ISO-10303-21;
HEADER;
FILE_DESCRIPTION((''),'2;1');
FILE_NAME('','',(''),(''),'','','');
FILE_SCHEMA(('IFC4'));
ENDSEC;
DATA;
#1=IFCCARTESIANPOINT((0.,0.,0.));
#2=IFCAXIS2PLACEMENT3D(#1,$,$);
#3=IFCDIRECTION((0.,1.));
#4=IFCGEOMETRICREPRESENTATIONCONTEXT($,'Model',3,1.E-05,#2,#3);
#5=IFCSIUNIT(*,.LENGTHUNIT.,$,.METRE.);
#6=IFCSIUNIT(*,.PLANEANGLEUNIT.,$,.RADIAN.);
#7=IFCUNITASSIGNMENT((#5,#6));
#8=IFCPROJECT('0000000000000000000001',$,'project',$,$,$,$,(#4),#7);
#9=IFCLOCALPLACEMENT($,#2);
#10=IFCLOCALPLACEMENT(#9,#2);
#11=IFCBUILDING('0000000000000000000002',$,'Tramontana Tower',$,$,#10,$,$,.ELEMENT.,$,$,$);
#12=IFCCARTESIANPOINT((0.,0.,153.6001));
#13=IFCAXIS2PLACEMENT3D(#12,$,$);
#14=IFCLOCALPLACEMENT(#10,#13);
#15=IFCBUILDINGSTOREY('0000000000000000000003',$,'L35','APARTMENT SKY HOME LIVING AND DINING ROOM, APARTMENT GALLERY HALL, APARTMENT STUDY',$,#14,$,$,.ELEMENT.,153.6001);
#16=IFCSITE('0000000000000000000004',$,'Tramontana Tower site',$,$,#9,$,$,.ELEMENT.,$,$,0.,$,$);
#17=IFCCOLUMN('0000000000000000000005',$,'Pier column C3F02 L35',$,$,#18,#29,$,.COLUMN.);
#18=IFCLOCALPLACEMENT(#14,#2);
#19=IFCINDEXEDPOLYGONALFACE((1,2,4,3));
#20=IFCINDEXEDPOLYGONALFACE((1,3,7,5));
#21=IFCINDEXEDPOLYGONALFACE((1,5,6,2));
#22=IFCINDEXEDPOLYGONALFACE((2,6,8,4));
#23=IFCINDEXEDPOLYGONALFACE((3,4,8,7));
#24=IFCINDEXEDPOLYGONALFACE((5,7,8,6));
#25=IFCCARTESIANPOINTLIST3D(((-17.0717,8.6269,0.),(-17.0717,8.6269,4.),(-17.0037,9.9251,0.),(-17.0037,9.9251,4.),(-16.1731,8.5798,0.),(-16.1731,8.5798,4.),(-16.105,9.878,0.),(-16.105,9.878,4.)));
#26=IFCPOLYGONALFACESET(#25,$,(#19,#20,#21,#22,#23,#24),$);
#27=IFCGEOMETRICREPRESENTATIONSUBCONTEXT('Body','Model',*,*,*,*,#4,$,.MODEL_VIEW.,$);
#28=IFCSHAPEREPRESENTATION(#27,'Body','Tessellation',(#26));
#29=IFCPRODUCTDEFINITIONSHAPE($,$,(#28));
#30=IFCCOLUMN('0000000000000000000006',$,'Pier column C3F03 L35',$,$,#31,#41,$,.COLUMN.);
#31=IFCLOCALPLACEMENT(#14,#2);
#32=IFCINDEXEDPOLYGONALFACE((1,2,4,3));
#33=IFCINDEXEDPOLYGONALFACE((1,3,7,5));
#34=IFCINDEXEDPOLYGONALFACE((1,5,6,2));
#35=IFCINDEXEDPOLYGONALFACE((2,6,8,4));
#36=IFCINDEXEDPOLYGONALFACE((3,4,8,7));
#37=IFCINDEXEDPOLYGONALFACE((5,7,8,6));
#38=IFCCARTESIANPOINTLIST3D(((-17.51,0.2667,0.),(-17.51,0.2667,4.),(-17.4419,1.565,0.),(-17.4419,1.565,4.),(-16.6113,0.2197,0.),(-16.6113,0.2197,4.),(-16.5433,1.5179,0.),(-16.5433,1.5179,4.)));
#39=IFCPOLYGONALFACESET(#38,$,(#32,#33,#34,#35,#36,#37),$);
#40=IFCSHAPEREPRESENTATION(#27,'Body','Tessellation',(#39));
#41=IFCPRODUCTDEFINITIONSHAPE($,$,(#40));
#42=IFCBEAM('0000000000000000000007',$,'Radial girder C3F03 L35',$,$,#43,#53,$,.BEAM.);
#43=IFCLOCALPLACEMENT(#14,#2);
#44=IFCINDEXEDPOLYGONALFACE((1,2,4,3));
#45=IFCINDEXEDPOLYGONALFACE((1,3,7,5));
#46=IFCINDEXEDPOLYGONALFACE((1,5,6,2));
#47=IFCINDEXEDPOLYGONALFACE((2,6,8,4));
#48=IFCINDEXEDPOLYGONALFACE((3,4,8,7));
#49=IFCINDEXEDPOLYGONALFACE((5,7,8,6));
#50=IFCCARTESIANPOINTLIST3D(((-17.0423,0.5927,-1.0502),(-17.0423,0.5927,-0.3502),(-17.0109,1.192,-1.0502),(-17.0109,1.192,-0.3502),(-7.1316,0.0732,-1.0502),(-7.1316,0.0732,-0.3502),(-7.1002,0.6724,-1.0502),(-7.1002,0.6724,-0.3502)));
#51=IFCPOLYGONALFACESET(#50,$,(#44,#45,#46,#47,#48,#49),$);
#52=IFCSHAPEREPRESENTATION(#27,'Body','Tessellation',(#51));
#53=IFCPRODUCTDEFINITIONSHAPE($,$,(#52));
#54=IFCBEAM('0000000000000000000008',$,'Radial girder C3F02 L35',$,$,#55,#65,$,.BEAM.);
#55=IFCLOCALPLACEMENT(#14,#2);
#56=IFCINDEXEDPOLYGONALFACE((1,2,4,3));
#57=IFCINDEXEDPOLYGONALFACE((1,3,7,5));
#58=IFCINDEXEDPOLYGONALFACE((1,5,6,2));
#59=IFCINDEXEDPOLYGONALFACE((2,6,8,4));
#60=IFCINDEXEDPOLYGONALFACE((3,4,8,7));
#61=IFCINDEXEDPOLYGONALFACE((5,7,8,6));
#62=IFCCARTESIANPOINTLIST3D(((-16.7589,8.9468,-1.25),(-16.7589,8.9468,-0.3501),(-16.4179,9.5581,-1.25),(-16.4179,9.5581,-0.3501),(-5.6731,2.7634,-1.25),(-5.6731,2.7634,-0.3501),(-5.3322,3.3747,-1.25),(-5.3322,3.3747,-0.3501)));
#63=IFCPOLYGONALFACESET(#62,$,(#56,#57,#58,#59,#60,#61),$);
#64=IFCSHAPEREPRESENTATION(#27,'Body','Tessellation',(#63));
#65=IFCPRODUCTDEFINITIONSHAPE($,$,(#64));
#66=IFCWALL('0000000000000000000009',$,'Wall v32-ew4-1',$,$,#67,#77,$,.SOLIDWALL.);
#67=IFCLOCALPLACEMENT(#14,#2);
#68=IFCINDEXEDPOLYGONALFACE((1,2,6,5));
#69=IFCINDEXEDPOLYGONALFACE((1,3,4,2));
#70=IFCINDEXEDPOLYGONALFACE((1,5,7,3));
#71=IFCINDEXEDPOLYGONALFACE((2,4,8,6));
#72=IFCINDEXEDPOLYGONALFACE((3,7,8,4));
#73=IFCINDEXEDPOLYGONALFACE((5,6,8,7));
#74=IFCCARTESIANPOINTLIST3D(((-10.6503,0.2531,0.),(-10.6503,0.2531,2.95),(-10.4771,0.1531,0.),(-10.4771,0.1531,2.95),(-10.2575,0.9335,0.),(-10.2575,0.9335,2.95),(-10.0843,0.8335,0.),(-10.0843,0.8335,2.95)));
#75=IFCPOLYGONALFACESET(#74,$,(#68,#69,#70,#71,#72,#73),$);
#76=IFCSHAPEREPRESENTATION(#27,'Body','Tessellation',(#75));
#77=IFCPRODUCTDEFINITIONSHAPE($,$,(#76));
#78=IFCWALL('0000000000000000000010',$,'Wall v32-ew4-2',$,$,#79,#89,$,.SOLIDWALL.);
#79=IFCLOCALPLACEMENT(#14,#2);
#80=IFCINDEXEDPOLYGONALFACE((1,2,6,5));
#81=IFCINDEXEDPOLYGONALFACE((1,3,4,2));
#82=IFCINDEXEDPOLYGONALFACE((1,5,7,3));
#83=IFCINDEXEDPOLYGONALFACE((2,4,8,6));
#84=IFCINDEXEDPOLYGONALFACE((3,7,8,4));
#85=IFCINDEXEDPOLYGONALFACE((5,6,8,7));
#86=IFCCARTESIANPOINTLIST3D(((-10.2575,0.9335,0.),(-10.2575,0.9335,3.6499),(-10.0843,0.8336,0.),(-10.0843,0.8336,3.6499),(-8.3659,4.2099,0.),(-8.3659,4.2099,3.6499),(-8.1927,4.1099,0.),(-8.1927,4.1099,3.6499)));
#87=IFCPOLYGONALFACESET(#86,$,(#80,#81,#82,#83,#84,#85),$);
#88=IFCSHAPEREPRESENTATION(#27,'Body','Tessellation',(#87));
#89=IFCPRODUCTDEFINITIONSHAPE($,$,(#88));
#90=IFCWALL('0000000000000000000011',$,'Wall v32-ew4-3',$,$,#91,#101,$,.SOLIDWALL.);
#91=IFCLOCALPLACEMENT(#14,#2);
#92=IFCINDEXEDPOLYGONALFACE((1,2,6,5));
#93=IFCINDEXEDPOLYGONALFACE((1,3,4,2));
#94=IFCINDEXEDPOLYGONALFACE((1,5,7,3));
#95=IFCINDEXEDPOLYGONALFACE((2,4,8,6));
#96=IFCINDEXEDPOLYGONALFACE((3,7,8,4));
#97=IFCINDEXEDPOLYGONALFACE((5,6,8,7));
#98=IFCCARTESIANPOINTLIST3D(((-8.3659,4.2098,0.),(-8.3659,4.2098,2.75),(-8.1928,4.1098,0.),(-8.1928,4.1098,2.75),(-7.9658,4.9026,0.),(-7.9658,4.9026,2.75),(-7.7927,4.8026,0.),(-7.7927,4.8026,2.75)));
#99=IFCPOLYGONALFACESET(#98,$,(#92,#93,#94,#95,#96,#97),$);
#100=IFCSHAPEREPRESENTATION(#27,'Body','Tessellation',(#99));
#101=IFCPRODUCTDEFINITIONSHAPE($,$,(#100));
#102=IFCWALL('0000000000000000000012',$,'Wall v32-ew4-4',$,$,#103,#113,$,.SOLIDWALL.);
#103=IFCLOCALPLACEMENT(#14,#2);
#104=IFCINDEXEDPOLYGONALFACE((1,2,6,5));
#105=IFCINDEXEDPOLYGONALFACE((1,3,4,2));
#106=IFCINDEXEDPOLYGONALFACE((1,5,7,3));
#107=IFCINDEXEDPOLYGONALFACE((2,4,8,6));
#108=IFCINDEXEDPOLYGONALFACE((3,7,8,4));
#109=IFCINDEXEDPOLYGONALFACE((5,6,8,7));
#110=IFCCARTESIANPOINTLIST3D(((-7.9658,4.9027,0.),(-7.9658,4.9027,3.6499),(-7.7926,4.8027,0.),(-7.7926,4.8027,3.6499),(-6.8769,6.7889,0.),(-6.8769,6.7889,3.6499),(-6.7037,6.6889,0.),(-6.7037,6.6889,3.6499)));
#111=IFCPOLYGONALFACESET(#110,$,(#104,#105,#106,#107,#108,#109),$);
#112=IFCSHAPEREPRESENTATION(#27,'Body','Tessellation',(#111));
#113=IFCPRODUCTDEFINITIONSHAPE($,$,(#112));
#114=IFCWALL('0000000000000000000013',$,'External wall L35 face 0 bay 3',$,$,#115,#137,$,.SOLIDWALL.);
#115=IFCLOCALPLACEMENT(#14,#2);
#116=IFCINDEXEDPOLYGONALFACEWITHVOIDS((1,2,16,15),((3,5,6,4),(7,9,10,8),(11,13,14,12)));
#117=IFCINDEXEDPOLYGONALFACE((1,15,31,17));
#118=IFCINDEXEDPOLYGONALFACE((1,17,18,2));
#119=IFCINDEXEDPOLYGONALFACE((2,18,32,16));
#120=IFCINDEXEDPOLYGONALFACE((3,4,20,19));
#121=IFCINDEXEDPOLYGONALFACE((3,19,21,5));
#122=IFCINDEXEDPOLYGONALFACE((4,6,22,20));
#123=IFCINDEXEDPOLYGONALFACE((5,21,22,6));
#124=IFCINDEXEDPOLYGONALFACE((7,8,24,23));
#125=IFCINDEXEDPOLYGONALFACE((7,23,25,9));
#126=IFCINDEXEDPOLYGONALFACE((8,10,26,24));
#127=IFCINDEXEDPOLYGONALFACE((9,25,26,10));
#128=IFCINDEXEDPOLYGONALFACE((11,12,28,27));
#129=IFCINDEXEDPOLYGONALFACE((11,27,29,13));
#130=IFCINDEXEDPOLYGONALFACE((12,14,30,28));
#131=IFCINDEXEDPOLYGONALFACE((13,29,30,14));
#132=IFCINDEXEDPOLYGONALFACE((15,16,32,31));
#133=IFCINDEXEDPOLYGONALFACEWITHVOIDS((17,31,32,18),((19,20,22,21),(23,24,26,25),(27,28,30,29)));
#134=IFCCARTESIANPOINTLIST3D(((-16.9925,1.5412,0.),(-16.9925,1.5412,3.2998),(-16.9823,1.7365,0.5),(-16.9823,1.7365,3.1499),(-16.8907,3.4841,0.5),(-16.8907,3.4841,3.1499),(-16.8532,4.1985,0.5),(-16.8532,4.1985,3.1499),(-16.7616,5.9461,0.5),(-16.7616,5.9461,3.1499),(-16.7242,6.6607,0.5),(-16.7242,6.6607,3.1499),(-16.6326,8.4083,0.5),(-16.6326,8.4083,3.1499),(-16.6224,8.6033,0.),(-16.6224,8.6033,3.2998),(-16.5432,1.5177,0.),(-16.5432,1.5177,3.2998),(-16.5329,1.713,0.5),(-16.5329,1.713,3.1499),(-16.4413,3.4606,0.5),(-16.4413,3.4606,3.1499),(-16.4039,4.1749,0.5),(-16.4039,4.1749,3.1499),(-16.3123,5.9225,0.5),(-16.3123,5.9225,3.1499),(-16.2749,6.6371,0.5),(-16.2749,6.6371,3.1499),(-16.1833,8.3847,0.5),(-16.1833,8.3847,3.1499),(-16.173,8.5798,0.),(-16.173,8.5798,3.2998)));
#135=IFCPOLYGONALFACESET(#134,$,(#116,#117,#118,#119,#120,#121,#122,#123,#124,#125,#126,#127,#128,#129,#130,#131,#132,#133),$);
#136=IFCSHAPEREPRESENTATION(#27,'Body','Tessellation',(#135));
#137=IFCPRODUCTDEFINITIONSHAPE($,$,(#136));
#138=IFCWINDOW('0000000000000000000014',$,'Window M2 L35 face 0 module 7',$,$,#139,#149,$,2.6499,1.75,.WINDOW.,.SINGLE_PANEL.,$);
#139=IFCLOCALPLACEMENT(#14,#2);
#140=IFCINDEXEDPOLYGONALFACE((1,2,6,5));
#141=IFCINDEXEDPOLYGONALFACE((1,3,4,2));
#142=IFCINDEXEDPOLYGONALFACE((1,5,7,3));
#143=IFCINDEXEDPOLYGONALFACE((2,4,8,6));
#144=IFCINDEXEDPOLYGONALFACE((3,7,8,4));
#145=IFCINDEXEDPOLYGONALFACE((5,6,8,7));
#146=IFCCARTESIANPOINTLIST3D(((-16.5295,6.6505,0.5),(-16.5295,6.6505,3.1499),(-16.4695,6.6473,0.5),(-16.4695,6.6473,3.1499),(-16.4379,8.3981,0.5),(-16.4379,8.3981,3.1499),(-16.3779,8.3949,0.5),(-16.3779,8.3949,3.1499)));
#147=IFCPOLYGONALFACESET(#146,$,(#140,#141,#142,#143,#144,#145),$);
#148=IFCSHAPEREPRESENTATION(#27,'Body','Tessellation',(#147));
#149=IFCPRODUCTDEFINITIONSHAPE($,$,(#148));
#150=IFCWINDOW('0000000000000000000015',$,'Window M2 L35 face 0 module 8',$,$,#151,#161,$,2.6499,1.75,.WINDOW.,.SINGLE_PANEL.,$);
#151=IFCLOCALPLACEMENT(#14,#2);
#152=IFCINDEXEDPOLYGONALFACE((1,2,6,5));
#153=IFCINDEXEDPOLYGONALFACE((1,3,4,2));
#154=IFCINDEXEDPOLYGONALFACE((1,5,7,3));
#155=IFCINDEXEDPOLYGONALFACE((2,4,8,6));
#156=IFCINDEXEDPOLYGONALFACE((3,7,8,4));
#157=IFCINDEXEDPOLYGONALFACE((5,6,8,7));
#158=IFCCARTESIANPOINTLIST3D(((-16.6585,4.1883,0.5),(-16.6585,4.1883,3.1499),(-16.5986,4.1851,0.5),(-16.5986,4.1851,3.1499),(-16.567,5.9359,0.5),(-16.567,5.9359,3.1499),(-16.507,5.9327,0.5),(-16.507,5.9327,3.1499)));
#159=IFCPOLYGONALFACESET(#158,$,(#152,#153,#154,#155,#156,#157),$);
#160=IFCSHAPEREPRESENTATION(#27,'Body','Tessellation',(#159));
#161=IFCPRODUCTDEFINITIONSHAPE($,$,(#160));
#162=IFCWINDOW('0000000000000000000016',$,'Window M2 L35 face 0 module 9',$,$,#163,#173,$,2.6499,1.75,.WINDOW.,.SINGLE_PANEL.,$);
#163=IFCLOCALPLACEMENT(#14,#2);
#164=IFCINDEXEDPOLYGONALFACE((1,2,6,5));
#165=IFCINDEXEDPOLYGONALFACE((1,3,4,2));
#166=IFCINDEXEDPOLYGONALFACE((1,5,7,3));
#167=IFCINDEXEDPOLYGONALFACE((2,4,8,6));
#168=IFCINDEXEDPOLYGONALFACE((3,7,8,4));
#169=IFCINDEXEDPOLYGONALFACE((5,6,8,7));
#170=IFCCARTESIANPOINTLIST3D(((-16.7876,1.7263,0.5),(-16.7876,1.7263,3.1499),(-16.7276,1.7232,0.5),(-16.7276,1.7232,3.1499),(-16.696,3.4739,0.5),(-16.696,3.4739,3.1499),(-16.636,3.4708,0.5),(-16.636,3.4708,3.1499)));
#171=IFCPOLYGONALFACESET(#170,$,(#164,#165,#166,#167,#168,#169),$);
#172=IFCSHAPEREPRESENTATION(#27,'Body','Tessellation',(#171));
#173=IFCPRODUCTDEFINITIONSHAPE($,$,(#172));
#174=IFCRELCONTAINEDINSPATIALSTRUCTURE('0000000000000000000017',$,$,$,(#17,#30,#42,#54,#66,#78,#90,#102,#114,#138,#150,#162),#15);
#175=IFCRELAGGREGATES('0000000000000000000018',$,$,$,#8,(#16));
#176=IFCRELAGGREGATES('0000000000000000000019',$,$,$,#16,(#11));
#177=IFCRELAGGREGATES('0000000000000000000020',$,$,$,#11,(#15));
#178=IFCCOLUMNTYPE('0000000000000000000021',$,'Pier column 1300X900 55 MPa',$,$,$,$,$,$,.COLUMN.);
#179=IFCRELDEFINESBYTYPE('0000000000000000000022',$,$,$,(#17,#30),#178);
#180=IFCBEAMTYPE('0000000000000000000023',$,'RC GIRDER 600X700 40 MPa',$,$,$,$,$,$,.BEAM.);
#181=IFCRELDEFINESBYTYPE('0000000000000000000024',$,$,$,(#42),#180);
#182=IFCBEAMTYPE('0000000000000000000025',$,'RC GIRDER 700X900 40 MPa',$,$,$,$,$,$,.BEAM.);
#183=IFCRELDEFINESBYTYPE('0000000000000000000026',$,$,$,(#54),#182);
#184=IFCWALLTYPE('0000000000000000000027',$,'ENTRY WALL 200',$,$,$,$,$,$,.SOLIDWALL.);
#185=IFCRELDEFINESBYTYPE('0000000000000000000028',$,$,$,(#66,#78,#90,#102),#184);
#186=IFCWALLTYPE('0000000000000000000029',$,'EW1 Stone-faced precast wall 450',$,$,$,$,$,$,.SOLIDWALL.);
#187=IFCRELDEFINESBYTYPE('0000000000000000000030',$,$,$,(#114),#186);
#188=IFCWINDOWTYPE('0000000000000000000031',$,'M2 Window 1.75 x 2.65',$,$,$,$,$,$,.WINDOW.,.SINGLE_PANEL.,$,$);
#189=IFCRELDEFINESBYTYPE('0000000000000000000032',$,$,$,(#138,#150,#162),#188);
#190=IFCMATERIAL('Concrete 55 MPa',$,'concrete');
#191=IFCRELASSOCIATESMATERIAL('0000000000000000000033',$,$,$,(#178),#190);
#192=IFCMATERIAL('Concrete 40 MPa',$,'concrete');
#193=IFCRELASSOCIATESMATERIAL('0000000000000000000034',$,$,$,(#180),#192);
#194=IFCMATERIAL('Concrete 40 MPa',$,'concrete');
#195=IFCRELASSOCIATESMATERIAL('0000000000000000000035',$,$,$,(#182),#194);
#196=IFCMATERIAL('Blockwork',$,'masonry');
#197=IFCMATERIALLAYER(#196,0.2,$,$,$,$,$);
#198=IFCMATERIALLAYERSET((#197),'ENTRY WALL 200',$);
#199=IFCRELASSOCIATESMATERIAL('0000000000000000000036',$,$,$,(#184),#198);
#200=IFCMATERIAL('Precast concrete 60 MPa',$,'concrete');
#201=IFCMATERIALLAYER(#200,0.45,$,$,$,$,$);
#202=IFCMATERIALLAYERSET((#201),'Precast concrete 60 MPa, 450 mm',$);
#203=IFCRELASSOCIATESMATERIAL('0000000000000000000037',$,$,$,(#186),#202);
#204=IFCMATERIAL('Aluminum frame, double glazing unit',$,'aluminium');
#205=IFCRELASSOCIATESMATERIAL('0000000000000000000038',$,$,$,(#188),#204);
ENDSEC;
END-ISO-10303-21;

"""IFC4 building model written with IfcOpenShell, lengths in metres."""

from ifc_helpers import new_model, si_unit, direction, frame, frame_2d, origin, origin_2d, place, context, subcontext, project, spatial, rectangle, extrude, material, layer, layer_set, material_profile, profile_set, type_object, element, fill, save


model = new_model("IFC4")

# Units and contexts
model_context = context("Model", 3, precision=1e-05, world=origin(), true_north=direction((0.0, 1.0)))
body_context = subcontext(model_context, "Body", "Model", "MODEL_VIEW")
ifc_project = project(units=[si_unit("LENGTHUNIT", "METRE"), si_unit("PLANEANGLEUNIT", "RADIAN")], contexts=[model_context])

# Site, building, storey
site_placement = place(None, origin())
site = spatial("IfcSite", under=ifc_project, at=site_placement, Name="Tramontana Tower site", CompositionType="ELEMENT", RefElevation=0.0)
building_placement = place(site_placement, origin())
building = spatial("IfcBuilding", under=site, at=building_placement, Name="Tramontana Tower", CompositionType="ELEMENT")
storey_placement = place(building_placement, frame((0.0, 0.0, 153.6001)))
storey = spatial("IfcBuildingStorey", under=building, at=storey_placement, Name="L35", Description="APARTMENT SKY HOME LIVING AND DINING ROOM, APARTMENT GALLERY HALL, APARTMENT STUDY", CompositionType="ELEMENT", Elevation=153.6001)

# Columns
ifc_material_1 = material(Name="Concrete 55 MPa", Category="concrete")
ifc_material_profile_1 = material_profile(ifc_material_1, rectangle(XDim=1.3, YDim=0.8999, at=origin_2d()), Name="Pier column 1300X900 55 MPa")
ifc_profile_set_1 = profile_set([ifc_material_profile_1], Name="Concrete 55 MPa")
column_type = type_object("IfcColumnType", Name="Pier column 1300X900 55 MPa", PredefinedType="COLUMN", material=ifc_profile_set_1)
for number, where, z_axis, x_axis, name in (
    (1, (-16.5884, 9.2524, 0.0), (0.0, 0.0, 1.0), (-0.052336, -0.99863, 0.0), "Pier column C3F02 L35"),
    (2, (-17.0266, 0.8923, 0.0), (0.0, 0.0, 1.0), (-0.052336, -0.99863, 0.0), "Pier column C3F03 L35"),
):
    element("IfcColumn", number, at=place(storey_placement, frame(where, z_axis=z_axis, x_axis=x_axis)), inside=storey, type_object=column_type, Name=name, PredefinedType="COLUMN", context=body_context, shape_type="SweptSolid", body=[
        extrude(rectangle(XDim=1.3, YDim=0.8999, at=origin_2d()), origin(), (0.0, 0.0, 1.0), 4.0),
    ])

# Beams
ifc_material_2 = material(Name="Concrete 40 MPa", Category="concrete")
ifc_material_profile_2 = material_profile(ifc_material_2, rectangle(XDim=0.6001, YDim=0.7, at=origin_2d()), Name="RC GIRDER 600X700 40 MPa")
ifc_profile_set_2 = profile_set([ifc_material_profile_2], Name="Concrete 40 MPa")
beam_type_1 = type_object("IfcBeamType", Name="RC GIRDER 600X700 40 MPa", PredefinedType="BEAM", material=ifc_profile_set_2)
beam_1_placement = place(storey_placement, frame((-17.0266, 0.8923, -0.7002), z_axis=(0.998629, -0.05235, 0.0), x_axis=(0.05235, 0.998629, 0.0)))
element("IfcBeam", 3, at=beam_1_placement, inside=storey, type_object=beam_type_1, Name="Radial girder C3F03 L35", PredefinedType="BEAM", context=body_context, shape_type="SweptSolid", body=[
    extrude(rectangle(XDim=0.6001, YDim=0.7, at=origin_2d()), origin(), (0.0, 0.0, 1.0), 9.9243),
])
ifc_material_3 = material(Name="Concrete 40 MPa", Category="concrete")
ifc_material_profile_3 = material_profile(ifc_material_3, rectangle(XDim=0.7, YDim=0.8999, at=origin_2d()), Name="RC GIRDER 700X900 40 MPa")
ifc_profile_set_3 = profile_set([ifc_material_profile_3], Name="Concrete 40 MPa")
beam_type_2 = type_object("IfcBeamType", Name="RC GIRDER 700X900 40 MPa", PredefinedType="BEAM", material=ifc_profile_set_3)
beam_2_placement = place(storey_placement, frame((-16.5884, 9.2524, -0.8), z_axis=(0.873332, -0.487125, 0.0), x_axis=(0.487125, 0.873332, 0.0)))
element("IfcBeam", 4, at=beam_2_placement, inside=storey, type_object=beam_type_2, Name="Radial girder C3F02 L35", PredefinedType="BEAM", context=body_context, shape_type="SweptSolid", body=[
    extrude(rectangle(XDim=0.7, YDim=0.8999, at=origin_2d()), origin(), (0.0, 0.0, 1.0), 12.6936),
])

# Walls
ifc_material_4 = material(Name="Blockwork", Category="masonry")
ifc_layer_1 = layer(ifc_material_4, 0.2)
ifc_layer_set_1 = layer_set([ifc_layer_1], Name="ENTRY WALL 200")
wall_type_1 = type_object("IfcWallType", Name="ENTRY WALL 200", PredefinedType="SOLIDWALL", material=ifc_layer_set_1)
wall_1_placement = place(storey_placement, frame((-10.5637, 0.2031, 0.0), z_axis=(0.0, 0.0, 1.0), x_axis=(0.499982, 0.866036, 0.0)))
element("IfcWall", 5, at=wall_1_placement, inside=storey, type_object=wall_type_1, Name="Wall v32-ew4-1", PredefinedType="SOLIDWALL", context=body_context, shape_type="SweptSolid", body=[
    extrude(rectangle(XDim=0.7856, YDim=0.2, at=frame_2d((0.3928, 0.0))), origin(), (0.0, 0.0, 1.0), 2.95),
])
wall_2_placement = place(storey_placement, frame((-10.1709, 0.8835, 0.0), z_axis=(0.0, 0.0, 1.0), x_axis=(0.499998, 0.866027, 0.0)))
element("IfcWall", 6, at=wall_2_placement, inside=storey, type_object=wall_type_1, Name="Wall v32-ew4-2", PredefinedType="SOLIDWALL", context=body_context, shape_type="SweptSolid", body=[
    extrude(rectangle(XDim=3.7832, YDim=0.2, at=frame_2d((1.8916, 0.0))), origin(), (0.0, 0.0, 1.0), 3.6499),
])
wall_3_placement = place(storey_placement, frame((-8.2793, 4.1599, 0.0), z_axis=(0.0, 0.0, 1.0), x_axis=(0.50011, 0.865962, 0.0)))
element("IfcWall", 7, at=wall_3_placement, inside=storey, type_object=wall_type_1, Name="Wall v32-ew4-3", PredefinedType="SOLIDWALL", context=body_context, shape_type="SweptSolid", body=[
    extrude(rectangle(XDim=0.8, YDim=0.2, at=frame_2d((0.3999, 0.0))), origin(), (0.0, 0.0, 1.0), 2.75),
])
wall_4_placement = place(storey_placement, frame((-7.8792, 4.8528, 0.0), z_axis=(0.0, 0.0, 1.0), x_axis=(0.499949, 0.866055, 0.0)))
element("IfcWall", 8, at=wall_4_placement, inside=storey, type_object=wall_type_1, Name="Wall v32-ew4-4", PredefinedType="SOLIDWALL", context=body_context, shape_type="SweptSolid", body=[
    extrude(rectangle(XDim=2.178, YDim=0.2, at=frame_2d((1.0889, 0.0))), origin(), (0.0, 0.0, 1.0), 3.6499),
])

# Wall, openings, windows
ifc_material_5 = material(Name="Precast concrete 60 MPa", Category="concrete")
ifc_layer_2 = layer(ifc_material_5, 0.45)
ifc_layer_set_2 = layer_set([ifc_layer_2], Name="Precast concrete 60 MPa, 450 mm")
wall_type_2 = type_object("IfcWallType", Name="EW1 Stone-faced precast wall 450", PredefinedType="SOLIDWALL", material=ifc_layer_set_2)
wall_5_placement = place(storey_placement, frame((-16.3977, 8.5916, 0.0), z_axis=(0.0, 0.0, 1.0), x_axis=(-0.052338, -0.998629, 0.0)))
wall_5 = element("IfcWall", 9, at=wall_5_placement, inside=storey, type_object=wall_type_2, Name="External wall L35 face 0 bay 3", PredefinedType="SOLIDWALL", context=body_context, shape_type="SweptSolid", body=[
    extrude(rectangle(XDim=7.0718, YDim=0.45, at=frame_2d((3.5359, 0.0))), origin(), (0.0, 0.0, 1.0), 3.2998),
])
opening_1_placement = place(wall_5_placement, frame((0.1953, 0.0, 0.5)))
opening_1 = element("IfcOpeningElement", 10, at=opening_1_placement, cuts=wall_5, PredefinedType="OPENING", context=body_context, shape_type="SweptSolid", body=[
    extrude(rectangle(XDim=1.75, YDim=2.6499, at=frame_2d((0.875, 1.325))), frame((0.0, 0.2349, 0.0), z_axis=(0.0, -1.0, 0.0), x_axis=(1.0, 0.0, 0.0)), (0.0, 0.0, 1.0), 0.47),
])
opening_2_placement = place(wall_5_placement, frame((2.6609, 0.0, 0.5)))
opening_2 = element("IfcOpeningElement", 11, at=opening_2_placement, cuts=wall_5, PredefinedType="OPENING", context=body_context, shape_type="SweptSolid", body=[
    extrude(rectangle(XDim=1.75, YDim=2.6499, at=frame_2d((0.875, 1.325))), frame((0.0, 0.2349, 0.0), z_axis=(0.0, -1.0, 0.0), x_axis=(1.0, 0.0, 0.0)), (0.0, 0.0, 1.0), 0.47),
])
opening_3_placement = place(wall_5_placement, frame((5.1262, 0.0, 0.5)))
opening_3 = element("IfcOpeningElement", 12, at=opening_3_placement, cuts=wall_5, PredefinedType="OPENING", context=body_context, shape_type="SweptSolid", body=[
    extrude(rectangle(XDim=1.75, YDim=2.6499, at=frame_2d((0.875, 1.325))), frame((0.0, 0.2349, 0.0), z_axis=(0.0, -1.0, 0.0), x_axis=(1.0, 0.0, 0.0)), (0.0, 0.0, 1.0), 0.47),
])
ifc_material_6 = material(Name="Aluminum frame, double glazing unit", Category="aluminium")
window_type = type_object("IfcWindowType", Name="M2 Window 1.75 x 2.65", PartitioningType="SINGLE_PANEL", PredefinedType="WINDOW", material=ifc_material_6)
window_1_placement = place(opening_1_placement, origin())
window_1 = element("IfcWindow", 13, at=window_1_placement, inside=storey, type_object=window_type, Name="Window M2 L35 face 0 module 7", OverallHeight=2.6499, OverallWidth=1.75, PartitioningType="SINGLE_PANEL", PredefinedType="WINDOW", context=body_context, shape_type="SweptSolid", body=[
    extrude(rectangle(XDim=1.75, YDim=2.6499, at=frame_2d((0.875, 1.325))), frame((0.0, 0.03, 0.0), z_axis=(0.0, -1.0, 0.0), x_axis=(1.0, 0.0, 0.0)), (0.0, 0.0, 1.0), 0.0601),
])
fill(opening_1, window_1)
window_2_placement = place(opening_2_placement, origin())
window_2 = element("IfcWindow", 14, at=window_2_placement, inside=storey, type_object=window_type, Name="Window M2 L35 face 0 module 8", OverallHeight=2.6499, OverallWidth=1.75, PartitioningType="SINGLE_PANEL", PredefinedType="WINDOW", context=body_context, shape_type="SweptSolid", body=[
    extrude(rectangle(XDim=1.75, YDim=2.6499, at=frame_2d((0.875, 1.325))), frame((0.0, 0.03, 0.0), z_axis=(0.0, -1.0, 0.0), x_axis=(1.0, 0.0, 0.0)), (0.0, 0.0, 1.0), 0.0601),
])
fill(opening_2, window_2)
window_3_placement = place(opening_3_placement, origin())
window_3 = element("IfcWindow", 15, at=window_3_placement, inside=storey, type_object=window_type, Name="Window M2 L35 face 0 module 9", OverallHeight=2.6499, OverallWidth=1.75, PartitioningType="SINGLE_PANEL", PredefinedType="WINDOW", context=body_context, shape_type="SweptSolid", body=[
    extrude(rectangle(XDim=1.75, YDim=2.6499, at=frame_2d((0.875, 1.325))), frame((0.0, 0.03, 0.0), z_axis=(0.0, -1.0, 0.0), x_axis=(1.0, 0.0, 0.0)), (0.0, 0.0, 1.0), 0.0601),
])
fill(opening_3, window_3)

save(model, "model.ifc")
